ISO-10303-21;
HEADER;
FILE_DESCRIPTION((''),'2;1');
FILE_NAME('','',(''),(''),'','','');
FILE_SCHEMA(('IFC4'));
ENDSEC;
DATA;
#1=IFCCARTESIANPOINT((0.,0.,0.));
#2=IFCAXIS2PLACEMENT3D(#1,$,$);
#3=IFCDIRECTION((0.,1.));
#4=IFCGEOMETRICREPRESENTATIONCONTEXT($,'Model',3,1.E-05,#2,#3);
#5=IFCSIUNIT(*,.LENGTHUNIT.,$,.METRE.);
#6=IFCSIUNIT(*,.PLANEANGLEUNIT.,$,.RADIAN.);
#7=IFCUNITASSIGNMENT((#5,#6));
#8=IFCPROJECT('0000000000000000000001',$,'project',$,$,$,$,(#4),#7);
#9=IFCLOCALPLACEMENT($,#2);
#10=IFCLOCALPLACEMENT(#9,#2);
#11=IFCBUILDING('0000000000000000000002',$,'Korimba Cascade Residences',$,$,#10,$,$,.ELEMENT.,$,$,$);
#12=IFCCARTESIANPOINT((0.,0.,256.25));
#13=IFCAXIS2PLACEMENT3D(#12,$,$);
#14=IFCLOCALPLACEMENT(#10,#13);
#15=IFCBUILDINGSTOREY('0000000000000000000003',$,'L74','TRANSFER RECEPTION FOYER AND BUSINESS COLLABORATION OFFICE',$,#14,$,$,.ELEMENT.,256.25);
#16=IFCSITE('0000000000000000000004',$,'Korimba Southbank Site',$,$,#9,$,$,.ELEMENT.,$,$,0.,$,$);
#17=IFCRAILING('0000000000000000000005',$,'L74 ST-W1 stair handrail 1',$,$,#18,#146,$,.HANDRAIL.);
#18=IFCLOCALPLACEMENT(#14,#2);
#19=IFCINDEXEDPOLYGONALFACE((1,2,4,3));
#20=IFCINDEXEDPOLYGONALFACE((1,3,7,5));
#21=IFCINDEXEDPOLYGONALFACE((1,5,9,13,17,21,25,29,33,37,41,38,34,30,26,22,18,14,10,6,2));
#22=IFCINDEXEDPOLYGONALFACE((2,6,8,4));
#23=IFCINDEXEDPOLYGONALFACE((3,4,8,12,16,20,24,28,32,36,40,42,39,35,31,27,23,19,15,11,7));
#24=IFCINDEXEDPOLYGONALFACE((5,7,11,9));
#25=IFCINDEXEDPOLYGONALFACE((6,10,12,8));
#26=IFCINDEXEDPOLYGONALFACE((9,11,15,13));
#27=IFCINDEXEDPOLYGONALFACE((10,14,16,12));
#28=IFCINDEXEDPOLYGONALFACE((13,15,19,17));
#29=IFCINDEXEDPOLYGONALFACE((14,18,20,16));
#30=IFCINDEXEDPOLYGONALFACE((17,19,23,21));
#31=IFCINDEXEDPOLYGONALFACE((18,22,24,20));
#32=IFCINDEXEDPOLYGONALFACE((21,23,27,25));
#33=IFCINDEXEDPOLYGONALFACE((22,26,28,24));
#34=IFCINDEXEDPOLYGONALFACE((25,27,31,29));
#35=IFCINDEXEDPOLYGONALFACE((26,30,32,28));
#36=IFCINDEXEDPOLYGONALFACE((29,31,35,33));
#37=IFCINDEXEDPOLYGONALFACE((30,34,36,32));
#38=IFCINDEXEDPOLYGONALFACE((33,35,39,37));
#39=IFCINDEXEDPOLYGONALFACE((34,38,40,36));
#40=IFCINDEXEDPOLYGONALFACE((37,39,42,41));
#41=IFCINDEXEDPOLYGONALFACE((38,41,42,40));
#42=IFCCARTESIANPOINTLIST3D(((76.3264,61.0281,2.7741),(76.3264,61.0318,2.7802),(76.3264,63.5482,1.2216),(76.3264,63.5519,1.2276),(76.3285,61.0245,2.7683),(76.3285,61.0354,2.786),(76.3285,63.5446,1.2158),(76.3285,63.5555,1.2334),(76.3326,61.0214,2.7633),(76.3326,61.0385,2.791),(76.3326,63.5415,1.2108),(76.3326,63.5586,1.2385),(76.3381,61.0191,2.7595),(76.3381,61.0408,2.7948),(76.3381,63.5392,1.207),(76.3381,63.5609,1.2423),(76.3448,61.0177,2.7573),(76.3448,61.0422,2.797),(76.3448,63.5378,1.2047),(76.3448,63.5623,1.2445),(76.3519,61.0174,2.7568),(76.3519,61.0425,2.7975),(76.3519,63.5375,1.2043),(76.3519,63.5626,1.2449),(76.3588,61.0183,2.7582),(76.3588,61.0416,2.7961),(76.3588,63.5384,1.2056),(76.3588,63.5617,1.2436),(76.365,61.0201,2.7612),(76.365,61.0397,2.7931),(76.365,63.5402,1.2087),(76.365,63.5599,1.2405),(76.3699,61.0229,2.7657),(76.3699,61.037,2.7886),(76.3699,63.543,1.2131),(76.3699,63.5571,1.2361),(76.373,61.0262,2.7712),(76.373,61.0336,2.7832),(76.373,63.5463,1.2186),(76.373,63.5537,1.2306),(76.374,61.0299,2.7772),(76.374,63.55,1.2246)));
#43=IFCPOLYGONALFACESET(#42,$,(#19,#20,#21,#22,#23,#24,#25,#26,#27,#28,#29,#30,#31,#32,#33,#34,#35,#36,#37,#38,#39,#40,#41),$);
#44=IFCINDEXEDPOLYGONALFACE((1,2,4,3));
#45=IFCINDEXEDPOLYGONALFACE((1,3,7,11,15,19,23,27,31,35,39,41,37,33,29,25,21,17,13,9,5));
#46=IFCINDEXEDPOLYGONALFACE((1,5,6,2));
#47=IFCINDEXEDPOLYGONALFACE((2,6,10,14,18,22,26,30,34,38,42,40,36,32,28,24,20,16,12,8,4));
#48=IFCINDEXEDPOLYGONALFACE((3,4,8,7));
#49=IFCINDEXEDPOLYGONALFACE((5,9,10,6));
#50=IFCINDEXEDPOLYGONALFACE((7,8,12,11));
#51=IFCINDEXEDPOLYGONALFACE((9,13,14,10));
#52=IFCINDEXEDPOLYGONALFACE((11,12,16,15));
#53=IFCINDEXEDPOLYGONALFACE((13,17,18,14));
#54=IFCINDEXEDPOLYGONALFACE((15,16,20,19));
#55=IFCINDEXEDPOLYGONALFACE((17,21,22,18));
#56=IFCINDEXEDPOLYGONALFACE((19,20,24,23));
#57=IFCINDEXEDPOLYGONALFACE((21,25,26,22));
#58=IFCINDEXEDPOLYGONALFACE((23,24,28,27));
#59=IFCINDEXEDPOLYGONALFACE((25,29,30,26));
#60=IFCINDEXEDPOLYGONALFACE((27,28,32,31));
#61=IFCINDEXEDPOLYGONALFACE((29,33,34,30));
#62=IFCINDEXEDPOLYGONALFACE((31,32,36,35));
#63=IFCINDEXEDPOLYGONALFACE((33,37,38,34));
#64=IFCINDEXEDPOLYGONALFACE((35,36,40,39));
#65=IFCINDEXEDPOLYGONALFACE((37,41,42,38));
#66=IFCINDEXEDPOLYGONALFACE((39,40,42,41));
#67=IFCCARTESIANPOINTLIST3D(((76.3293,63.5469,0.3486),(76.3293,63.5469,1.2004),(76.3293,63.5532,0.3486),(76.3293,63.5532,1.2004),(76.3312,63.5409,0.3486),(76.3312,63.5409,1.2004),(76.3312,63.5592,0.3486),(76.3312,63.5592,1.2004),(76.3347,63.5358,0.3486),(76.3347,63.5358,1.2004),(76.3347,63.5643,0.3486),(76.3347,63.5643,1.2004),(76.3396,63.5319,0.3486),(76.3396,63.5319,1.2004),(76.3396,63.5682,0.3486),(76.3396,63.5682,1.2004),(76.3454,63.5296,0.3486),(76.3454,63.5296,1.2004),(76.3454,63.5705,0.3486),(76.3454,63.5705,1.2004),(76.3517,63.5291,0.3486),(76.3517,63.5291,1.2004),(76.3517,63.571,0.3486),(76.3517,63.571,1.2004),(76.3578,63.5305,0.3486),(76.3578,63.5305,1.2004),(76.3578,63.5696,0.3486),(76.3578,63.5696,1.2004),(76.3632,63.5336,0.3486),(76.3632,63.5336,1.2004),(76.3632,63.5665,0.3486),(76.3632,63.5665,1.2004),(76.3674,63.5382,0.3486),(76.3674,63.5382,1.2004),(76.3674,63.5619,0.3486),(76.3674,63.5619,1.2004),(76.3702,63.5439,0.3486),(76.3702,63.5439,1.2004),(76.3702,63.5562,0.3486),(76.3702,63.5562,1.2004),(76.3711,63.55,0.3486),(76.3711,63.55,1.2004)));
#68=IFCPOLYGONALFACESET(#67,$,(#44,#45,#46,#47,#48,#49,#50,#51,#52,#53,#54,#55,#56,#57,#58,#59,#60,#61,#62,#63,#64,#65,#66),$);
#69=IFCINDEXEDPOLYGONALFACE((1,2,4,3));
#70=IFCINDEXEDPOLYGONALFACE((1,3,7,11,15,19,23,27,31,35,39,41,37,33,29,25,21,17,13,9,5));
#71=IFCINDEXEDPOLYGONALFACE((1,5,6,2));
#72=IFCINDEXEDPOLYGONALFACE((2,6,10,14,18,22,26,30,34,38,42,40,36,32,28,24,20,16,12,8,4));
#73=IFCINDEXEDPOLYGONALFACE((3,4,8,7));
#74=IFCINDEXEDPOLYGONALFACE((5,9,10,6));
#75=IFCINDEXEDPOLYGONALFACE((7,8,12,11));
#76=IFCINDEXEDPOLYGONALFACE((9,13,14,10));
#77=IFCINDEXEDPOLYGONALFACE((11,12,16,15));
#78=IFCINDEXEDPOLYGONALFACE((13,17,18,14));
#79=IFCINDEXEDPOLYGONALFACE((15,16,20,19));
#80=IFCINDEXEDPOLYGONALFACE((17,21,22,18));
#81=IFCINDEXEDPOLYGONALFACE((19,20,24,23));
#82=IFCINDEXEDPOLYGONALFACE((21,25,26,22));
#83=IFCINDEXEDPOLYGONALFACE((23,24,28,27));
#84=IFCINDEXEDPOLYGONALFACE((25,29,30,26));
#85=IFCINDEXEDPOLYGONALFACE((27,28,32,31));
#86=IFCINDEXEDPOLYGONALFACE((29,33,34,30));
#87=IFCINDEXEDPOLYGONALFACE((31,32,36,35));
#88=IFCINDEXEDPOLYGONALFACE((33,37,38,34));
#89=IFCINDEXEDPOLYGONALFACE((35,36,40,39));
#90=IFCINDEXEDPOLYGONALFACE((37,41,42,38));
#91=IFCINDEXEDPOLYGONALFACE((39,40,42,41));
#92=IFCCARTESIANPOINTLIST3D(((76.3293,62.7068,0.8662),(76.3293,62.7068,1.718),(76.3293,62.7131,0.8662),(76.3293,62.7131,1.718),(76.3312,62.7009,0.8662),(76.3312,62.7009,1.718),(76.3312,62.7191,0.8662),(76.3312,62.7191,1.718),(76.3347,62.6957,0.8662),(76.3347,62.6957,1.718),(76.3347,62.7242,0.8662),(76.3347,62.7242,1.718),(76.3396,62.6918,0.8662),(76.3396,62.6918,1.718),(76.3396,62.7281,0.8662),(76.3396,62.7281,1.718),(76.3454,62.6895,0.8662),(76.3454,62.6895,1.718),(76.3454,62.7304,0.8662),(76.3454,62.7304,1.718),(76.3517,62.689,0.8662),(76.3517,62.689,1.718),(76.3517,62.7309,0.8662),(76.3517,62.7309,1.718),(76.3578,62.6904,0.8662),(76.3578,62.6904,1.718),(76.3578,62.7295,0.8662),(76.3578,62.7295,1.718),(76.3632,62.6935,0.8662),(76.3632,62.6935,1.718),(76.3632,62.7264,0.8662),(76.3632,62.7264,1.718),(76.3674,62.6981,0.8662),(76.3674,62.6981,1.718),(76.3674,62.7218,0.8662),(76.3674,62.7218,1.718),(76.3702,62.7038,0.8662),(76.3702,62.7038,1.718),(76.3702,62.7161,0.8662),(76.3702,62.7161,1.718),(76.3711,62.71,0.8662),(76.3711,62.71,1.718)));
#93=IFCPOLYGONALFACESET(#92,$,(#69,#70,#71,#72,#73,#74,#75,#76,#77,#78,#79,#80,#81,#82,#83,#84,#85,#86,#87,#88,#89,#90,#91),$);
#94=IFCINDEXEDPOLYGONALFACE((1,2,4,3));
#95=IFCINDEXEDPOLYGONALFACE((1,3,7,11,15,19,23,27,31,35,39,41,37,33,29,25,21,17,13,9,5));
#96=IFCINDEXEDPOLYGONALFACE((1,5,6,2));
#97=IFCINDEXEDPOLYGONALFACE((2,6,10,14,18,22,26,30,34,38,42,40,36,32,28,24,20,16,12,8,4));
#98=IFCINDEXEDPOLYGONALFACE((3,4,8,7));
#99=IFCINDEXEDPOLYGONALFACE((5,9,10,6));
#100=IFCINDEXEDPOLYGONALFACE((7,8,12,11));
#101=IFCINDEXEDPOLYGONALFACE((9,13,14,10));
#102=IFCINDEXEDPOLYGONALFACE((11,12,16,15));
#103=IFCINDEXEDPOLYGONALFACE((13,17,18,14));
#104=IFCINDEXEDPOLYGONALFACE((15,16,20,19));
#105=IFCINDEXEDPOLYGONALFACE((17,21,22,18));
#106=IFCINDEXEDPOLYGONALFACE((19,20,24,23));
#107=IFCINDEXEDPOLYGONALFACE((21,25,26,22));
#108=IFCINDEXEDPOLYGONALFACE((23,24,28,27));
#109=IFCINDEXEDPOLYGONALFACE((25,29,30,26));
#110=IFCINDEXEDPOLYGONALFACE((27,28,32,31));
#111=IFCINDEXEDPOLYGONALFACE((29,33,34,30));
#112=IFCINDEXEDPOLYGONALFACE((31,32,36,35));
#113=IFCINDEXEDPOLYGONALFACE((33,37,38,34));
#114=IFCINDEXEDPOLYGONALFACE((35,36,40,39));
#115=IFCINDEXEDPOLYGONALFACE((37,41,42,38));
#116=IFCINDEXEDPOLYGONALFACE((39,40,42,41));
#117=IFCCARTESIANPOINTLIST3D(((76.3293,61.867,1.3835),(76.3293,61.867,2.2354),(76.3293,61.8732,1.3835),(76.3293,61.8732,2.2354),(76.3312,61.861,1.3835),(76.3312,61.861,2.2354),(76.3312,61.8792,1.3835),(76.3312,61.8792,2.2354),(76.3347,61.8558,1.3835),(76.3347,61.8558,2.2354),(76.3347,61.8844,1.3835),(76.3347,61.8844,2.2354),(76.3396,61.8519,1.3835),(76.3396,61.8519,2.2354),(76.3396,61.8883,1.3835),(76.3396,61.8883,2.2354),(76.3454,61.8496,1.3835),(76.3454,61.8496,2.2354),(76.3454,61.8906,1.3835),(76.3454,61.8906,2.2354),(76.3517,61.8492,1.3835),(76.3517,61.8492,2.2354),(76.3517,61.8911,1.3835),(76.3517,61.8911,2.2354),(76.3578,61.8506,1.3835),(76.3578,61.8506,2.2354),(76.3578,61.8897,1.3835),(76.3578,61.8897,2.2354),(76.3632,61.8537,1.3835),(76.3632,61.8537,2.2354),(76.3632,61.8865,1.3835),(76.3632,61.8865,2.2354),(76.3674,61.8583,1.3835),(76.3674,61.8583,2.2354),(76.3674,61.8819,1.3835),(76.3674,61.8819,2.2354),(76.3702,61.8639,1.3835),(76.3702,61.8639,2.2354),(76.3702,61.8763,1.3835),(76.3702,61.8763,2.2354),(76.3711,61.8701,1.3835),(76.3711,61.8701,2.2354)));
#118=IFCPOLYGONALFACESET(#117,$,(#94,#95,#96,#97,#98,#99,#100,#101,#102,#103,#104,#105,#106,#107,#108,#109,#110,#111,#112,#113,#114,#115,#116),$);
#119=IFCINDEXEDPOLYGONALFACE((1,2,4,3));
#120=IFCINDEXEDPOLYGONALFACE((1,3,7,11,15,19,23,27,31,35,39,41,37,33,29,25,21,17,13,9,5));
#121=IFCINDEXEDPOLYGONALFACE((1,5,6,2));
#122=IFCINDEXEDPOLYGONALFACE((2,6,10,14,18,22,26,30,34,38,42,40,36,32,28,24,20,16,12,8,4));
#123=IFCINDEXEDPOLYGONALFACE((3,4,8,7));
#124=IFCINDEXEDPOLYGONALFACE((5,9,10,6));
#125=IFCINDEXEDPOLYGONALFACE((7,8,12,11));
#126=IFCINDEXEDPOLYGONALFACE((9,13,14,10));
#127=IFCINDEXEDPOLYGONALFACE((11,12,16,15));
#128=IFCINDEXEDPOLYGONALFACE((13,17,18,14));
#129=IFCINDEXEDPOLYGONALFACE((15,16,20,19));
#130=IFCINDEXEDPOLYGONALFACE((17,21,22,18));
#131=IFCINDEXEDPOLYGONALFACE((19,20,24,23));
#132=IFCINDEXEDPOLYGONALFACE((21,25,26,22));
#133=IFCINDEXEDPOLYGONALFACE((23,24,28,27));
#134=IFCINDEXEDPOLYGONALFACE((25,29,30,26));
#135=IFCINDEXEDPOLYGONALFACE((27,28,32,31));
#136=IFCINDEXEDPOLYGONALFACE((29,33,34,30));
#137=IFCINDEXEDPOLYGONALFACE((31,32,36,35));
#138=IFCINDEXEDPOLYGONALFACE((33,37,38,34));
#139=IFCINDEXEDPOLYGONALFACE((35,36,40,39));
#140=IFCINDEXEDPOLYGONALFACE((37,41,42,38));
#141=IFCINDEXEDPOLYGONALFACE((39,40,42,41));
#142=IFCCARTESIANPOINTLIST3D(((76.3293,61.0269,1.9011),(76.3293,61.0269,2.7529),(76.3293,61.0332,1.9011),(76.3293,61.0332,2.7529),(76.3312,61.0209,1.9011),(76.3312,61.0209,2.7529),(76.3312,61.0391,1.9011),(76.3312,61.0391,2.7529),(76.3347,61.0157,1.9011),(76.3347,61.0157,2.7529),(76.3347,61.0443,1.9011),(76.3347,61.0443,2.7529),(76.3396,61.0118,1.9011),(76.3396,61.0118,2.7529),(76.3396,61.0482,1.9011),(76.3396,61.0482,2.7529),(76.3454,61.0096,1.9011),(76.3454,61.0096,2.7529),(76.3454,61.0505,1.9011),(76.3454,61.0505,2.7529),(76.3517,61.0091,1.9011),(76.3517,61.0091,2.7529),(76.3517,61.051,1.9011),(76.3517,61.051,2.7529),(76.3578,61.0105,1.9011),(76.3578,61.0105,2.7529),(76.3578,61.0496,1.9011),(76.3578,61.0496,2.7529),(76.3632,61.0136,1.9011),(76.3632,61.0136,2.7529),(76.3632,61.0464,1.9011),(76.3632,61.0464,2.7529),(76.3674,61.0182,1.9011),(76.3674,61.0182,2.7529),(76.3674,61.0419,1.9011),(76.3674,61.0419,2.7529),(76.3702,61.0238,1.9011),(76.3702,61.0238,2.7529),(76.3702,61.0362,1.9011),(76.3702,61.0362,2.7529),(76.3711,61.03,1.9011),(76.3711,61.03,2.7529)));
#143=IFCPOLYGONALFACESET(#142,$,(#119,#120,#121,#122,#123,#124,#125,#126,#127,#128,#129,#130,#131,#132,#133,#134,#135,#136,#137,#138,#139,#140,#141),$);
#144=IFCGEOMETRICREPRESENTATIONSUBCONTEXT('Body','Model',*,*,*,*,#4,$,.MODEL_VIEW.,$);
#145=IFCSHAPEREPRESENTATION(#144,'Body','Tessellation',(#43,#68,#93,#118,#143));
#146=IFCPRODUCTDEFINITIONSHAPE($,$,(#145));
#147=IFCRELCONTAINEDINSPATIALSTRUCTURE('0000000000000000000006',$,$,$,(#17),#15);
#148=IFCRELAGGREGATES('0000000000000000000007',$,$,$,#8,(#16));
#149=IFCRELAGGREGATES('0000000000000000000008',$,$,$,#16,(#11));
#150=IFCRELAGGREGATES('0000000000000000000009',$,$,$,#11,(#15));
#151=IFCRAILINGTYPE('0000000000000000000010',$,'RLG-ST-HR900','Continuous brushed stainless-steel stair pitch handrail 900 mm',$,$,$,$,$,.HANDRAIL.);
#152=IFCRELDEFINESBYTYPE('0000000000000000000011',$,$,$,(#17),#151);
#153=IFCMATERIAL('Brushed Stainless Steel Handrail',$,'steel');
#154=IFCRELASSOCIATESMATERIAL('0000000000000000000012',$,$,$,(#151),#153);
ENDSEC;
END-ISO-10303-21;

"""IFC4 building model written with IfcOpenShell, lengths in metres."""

from ifc_helpers import new_model, si_unit, direction, frame, origin, origin_2d, place, context, subcontext, project, spatial, circle, extrude, material, type_object, element, save


model = new_model("IFC4")

# Units and contexts
model_context = context("Model", 3, precision=1e-05, world=origin(), true_north=direction((0.0, 1.0)))
body_context = subcontext(model_context, "Body", "Model", "MODEL_VIEW")
ifc_project = project(units=[si_unit("LENGTHUNIT", "METRE"), si_unit("PLANEANGLEUNIT", "RADIAN")], contexts=[model_context])

# Site, building, storey
site_placement = place(None, origin())
site = spatial("IfcSite", under=ifc_project, at=site_placement, Name="Korimba Southbank Site", CompositionType="ELEMENT", RefElevation=0.0)
building_placement = place(site_placement, origin())
building = spatial("IfcBuilding", under=site, at=building_placement, Name="Korimba Cascade Residences", CompositionType="ELEMENT")
storey_placement = place(building_placement, frame((0.0, 0.0, 256.25)))
storey = spatial("IfcBuildingStorey", under=building, at=storey_placement, Name="L74", Description="TRANSFER RECEPTION FOYER AND BUSINESS COLLABORATION OFFICE", CompositionType="ELEMENT", Elevation=256.25)

# Railing
ifc_material_1 = material(Name="Brushed Stainless Steel Handrail", Category="steel")
railing_type_1 = type_object("IfcRailingType", Name="RLG-ST-HR900", Description="Continuous brushed stainless-steel stair pitch handrail 900 mm", PredefinedType="HANDRAIL", material=ifc_material_1)
railing_1_placement = place(storey_placement, frame((76.3501, 63.55, 0.3486)))
element("IfcRailing", 1, at=railing_1_placement, inside=storey, type_object=railing_type_1, Name="L74 ST-W1 stair handrail 1", PredefinedType="HANDRAIL", context=body_context, shape_type="SweptSolid", body=[
    extrude(circle(Radius=0.0239, at=origin_2d()), frame((0.0, 0.0, 0.876), z_axis=(0.0, -0.8514, 0.524516), x_axis=(1.0, 0.0, 0.0)), (0.0, 0.0, 1.0), 2.96),
    extrude(circle(Radius=0.021, at=origin_2d()), origin(), (0.0, 0.0, 1.0), 0.8518),
    extrude(circle(Radius=0.021, at=origin_2d()), frame((0.0, -0.8401, 0.5176)), (0.0, 0.0, 1.0), 0.8518),
    extrude(circle(Radius=0.021, at=origin_2d()), frame((0.0, -1.6799, 1.0349)), (0.0, 0.0, 1.0), 0.8518),
    extrude(circle(Radius=0.021, at=origin_2d()), frame((0.0, -2.52, 1.5525)), (0.0, 0.0, 1.0), 0.8518),
])

save(model, "model.ifc")
